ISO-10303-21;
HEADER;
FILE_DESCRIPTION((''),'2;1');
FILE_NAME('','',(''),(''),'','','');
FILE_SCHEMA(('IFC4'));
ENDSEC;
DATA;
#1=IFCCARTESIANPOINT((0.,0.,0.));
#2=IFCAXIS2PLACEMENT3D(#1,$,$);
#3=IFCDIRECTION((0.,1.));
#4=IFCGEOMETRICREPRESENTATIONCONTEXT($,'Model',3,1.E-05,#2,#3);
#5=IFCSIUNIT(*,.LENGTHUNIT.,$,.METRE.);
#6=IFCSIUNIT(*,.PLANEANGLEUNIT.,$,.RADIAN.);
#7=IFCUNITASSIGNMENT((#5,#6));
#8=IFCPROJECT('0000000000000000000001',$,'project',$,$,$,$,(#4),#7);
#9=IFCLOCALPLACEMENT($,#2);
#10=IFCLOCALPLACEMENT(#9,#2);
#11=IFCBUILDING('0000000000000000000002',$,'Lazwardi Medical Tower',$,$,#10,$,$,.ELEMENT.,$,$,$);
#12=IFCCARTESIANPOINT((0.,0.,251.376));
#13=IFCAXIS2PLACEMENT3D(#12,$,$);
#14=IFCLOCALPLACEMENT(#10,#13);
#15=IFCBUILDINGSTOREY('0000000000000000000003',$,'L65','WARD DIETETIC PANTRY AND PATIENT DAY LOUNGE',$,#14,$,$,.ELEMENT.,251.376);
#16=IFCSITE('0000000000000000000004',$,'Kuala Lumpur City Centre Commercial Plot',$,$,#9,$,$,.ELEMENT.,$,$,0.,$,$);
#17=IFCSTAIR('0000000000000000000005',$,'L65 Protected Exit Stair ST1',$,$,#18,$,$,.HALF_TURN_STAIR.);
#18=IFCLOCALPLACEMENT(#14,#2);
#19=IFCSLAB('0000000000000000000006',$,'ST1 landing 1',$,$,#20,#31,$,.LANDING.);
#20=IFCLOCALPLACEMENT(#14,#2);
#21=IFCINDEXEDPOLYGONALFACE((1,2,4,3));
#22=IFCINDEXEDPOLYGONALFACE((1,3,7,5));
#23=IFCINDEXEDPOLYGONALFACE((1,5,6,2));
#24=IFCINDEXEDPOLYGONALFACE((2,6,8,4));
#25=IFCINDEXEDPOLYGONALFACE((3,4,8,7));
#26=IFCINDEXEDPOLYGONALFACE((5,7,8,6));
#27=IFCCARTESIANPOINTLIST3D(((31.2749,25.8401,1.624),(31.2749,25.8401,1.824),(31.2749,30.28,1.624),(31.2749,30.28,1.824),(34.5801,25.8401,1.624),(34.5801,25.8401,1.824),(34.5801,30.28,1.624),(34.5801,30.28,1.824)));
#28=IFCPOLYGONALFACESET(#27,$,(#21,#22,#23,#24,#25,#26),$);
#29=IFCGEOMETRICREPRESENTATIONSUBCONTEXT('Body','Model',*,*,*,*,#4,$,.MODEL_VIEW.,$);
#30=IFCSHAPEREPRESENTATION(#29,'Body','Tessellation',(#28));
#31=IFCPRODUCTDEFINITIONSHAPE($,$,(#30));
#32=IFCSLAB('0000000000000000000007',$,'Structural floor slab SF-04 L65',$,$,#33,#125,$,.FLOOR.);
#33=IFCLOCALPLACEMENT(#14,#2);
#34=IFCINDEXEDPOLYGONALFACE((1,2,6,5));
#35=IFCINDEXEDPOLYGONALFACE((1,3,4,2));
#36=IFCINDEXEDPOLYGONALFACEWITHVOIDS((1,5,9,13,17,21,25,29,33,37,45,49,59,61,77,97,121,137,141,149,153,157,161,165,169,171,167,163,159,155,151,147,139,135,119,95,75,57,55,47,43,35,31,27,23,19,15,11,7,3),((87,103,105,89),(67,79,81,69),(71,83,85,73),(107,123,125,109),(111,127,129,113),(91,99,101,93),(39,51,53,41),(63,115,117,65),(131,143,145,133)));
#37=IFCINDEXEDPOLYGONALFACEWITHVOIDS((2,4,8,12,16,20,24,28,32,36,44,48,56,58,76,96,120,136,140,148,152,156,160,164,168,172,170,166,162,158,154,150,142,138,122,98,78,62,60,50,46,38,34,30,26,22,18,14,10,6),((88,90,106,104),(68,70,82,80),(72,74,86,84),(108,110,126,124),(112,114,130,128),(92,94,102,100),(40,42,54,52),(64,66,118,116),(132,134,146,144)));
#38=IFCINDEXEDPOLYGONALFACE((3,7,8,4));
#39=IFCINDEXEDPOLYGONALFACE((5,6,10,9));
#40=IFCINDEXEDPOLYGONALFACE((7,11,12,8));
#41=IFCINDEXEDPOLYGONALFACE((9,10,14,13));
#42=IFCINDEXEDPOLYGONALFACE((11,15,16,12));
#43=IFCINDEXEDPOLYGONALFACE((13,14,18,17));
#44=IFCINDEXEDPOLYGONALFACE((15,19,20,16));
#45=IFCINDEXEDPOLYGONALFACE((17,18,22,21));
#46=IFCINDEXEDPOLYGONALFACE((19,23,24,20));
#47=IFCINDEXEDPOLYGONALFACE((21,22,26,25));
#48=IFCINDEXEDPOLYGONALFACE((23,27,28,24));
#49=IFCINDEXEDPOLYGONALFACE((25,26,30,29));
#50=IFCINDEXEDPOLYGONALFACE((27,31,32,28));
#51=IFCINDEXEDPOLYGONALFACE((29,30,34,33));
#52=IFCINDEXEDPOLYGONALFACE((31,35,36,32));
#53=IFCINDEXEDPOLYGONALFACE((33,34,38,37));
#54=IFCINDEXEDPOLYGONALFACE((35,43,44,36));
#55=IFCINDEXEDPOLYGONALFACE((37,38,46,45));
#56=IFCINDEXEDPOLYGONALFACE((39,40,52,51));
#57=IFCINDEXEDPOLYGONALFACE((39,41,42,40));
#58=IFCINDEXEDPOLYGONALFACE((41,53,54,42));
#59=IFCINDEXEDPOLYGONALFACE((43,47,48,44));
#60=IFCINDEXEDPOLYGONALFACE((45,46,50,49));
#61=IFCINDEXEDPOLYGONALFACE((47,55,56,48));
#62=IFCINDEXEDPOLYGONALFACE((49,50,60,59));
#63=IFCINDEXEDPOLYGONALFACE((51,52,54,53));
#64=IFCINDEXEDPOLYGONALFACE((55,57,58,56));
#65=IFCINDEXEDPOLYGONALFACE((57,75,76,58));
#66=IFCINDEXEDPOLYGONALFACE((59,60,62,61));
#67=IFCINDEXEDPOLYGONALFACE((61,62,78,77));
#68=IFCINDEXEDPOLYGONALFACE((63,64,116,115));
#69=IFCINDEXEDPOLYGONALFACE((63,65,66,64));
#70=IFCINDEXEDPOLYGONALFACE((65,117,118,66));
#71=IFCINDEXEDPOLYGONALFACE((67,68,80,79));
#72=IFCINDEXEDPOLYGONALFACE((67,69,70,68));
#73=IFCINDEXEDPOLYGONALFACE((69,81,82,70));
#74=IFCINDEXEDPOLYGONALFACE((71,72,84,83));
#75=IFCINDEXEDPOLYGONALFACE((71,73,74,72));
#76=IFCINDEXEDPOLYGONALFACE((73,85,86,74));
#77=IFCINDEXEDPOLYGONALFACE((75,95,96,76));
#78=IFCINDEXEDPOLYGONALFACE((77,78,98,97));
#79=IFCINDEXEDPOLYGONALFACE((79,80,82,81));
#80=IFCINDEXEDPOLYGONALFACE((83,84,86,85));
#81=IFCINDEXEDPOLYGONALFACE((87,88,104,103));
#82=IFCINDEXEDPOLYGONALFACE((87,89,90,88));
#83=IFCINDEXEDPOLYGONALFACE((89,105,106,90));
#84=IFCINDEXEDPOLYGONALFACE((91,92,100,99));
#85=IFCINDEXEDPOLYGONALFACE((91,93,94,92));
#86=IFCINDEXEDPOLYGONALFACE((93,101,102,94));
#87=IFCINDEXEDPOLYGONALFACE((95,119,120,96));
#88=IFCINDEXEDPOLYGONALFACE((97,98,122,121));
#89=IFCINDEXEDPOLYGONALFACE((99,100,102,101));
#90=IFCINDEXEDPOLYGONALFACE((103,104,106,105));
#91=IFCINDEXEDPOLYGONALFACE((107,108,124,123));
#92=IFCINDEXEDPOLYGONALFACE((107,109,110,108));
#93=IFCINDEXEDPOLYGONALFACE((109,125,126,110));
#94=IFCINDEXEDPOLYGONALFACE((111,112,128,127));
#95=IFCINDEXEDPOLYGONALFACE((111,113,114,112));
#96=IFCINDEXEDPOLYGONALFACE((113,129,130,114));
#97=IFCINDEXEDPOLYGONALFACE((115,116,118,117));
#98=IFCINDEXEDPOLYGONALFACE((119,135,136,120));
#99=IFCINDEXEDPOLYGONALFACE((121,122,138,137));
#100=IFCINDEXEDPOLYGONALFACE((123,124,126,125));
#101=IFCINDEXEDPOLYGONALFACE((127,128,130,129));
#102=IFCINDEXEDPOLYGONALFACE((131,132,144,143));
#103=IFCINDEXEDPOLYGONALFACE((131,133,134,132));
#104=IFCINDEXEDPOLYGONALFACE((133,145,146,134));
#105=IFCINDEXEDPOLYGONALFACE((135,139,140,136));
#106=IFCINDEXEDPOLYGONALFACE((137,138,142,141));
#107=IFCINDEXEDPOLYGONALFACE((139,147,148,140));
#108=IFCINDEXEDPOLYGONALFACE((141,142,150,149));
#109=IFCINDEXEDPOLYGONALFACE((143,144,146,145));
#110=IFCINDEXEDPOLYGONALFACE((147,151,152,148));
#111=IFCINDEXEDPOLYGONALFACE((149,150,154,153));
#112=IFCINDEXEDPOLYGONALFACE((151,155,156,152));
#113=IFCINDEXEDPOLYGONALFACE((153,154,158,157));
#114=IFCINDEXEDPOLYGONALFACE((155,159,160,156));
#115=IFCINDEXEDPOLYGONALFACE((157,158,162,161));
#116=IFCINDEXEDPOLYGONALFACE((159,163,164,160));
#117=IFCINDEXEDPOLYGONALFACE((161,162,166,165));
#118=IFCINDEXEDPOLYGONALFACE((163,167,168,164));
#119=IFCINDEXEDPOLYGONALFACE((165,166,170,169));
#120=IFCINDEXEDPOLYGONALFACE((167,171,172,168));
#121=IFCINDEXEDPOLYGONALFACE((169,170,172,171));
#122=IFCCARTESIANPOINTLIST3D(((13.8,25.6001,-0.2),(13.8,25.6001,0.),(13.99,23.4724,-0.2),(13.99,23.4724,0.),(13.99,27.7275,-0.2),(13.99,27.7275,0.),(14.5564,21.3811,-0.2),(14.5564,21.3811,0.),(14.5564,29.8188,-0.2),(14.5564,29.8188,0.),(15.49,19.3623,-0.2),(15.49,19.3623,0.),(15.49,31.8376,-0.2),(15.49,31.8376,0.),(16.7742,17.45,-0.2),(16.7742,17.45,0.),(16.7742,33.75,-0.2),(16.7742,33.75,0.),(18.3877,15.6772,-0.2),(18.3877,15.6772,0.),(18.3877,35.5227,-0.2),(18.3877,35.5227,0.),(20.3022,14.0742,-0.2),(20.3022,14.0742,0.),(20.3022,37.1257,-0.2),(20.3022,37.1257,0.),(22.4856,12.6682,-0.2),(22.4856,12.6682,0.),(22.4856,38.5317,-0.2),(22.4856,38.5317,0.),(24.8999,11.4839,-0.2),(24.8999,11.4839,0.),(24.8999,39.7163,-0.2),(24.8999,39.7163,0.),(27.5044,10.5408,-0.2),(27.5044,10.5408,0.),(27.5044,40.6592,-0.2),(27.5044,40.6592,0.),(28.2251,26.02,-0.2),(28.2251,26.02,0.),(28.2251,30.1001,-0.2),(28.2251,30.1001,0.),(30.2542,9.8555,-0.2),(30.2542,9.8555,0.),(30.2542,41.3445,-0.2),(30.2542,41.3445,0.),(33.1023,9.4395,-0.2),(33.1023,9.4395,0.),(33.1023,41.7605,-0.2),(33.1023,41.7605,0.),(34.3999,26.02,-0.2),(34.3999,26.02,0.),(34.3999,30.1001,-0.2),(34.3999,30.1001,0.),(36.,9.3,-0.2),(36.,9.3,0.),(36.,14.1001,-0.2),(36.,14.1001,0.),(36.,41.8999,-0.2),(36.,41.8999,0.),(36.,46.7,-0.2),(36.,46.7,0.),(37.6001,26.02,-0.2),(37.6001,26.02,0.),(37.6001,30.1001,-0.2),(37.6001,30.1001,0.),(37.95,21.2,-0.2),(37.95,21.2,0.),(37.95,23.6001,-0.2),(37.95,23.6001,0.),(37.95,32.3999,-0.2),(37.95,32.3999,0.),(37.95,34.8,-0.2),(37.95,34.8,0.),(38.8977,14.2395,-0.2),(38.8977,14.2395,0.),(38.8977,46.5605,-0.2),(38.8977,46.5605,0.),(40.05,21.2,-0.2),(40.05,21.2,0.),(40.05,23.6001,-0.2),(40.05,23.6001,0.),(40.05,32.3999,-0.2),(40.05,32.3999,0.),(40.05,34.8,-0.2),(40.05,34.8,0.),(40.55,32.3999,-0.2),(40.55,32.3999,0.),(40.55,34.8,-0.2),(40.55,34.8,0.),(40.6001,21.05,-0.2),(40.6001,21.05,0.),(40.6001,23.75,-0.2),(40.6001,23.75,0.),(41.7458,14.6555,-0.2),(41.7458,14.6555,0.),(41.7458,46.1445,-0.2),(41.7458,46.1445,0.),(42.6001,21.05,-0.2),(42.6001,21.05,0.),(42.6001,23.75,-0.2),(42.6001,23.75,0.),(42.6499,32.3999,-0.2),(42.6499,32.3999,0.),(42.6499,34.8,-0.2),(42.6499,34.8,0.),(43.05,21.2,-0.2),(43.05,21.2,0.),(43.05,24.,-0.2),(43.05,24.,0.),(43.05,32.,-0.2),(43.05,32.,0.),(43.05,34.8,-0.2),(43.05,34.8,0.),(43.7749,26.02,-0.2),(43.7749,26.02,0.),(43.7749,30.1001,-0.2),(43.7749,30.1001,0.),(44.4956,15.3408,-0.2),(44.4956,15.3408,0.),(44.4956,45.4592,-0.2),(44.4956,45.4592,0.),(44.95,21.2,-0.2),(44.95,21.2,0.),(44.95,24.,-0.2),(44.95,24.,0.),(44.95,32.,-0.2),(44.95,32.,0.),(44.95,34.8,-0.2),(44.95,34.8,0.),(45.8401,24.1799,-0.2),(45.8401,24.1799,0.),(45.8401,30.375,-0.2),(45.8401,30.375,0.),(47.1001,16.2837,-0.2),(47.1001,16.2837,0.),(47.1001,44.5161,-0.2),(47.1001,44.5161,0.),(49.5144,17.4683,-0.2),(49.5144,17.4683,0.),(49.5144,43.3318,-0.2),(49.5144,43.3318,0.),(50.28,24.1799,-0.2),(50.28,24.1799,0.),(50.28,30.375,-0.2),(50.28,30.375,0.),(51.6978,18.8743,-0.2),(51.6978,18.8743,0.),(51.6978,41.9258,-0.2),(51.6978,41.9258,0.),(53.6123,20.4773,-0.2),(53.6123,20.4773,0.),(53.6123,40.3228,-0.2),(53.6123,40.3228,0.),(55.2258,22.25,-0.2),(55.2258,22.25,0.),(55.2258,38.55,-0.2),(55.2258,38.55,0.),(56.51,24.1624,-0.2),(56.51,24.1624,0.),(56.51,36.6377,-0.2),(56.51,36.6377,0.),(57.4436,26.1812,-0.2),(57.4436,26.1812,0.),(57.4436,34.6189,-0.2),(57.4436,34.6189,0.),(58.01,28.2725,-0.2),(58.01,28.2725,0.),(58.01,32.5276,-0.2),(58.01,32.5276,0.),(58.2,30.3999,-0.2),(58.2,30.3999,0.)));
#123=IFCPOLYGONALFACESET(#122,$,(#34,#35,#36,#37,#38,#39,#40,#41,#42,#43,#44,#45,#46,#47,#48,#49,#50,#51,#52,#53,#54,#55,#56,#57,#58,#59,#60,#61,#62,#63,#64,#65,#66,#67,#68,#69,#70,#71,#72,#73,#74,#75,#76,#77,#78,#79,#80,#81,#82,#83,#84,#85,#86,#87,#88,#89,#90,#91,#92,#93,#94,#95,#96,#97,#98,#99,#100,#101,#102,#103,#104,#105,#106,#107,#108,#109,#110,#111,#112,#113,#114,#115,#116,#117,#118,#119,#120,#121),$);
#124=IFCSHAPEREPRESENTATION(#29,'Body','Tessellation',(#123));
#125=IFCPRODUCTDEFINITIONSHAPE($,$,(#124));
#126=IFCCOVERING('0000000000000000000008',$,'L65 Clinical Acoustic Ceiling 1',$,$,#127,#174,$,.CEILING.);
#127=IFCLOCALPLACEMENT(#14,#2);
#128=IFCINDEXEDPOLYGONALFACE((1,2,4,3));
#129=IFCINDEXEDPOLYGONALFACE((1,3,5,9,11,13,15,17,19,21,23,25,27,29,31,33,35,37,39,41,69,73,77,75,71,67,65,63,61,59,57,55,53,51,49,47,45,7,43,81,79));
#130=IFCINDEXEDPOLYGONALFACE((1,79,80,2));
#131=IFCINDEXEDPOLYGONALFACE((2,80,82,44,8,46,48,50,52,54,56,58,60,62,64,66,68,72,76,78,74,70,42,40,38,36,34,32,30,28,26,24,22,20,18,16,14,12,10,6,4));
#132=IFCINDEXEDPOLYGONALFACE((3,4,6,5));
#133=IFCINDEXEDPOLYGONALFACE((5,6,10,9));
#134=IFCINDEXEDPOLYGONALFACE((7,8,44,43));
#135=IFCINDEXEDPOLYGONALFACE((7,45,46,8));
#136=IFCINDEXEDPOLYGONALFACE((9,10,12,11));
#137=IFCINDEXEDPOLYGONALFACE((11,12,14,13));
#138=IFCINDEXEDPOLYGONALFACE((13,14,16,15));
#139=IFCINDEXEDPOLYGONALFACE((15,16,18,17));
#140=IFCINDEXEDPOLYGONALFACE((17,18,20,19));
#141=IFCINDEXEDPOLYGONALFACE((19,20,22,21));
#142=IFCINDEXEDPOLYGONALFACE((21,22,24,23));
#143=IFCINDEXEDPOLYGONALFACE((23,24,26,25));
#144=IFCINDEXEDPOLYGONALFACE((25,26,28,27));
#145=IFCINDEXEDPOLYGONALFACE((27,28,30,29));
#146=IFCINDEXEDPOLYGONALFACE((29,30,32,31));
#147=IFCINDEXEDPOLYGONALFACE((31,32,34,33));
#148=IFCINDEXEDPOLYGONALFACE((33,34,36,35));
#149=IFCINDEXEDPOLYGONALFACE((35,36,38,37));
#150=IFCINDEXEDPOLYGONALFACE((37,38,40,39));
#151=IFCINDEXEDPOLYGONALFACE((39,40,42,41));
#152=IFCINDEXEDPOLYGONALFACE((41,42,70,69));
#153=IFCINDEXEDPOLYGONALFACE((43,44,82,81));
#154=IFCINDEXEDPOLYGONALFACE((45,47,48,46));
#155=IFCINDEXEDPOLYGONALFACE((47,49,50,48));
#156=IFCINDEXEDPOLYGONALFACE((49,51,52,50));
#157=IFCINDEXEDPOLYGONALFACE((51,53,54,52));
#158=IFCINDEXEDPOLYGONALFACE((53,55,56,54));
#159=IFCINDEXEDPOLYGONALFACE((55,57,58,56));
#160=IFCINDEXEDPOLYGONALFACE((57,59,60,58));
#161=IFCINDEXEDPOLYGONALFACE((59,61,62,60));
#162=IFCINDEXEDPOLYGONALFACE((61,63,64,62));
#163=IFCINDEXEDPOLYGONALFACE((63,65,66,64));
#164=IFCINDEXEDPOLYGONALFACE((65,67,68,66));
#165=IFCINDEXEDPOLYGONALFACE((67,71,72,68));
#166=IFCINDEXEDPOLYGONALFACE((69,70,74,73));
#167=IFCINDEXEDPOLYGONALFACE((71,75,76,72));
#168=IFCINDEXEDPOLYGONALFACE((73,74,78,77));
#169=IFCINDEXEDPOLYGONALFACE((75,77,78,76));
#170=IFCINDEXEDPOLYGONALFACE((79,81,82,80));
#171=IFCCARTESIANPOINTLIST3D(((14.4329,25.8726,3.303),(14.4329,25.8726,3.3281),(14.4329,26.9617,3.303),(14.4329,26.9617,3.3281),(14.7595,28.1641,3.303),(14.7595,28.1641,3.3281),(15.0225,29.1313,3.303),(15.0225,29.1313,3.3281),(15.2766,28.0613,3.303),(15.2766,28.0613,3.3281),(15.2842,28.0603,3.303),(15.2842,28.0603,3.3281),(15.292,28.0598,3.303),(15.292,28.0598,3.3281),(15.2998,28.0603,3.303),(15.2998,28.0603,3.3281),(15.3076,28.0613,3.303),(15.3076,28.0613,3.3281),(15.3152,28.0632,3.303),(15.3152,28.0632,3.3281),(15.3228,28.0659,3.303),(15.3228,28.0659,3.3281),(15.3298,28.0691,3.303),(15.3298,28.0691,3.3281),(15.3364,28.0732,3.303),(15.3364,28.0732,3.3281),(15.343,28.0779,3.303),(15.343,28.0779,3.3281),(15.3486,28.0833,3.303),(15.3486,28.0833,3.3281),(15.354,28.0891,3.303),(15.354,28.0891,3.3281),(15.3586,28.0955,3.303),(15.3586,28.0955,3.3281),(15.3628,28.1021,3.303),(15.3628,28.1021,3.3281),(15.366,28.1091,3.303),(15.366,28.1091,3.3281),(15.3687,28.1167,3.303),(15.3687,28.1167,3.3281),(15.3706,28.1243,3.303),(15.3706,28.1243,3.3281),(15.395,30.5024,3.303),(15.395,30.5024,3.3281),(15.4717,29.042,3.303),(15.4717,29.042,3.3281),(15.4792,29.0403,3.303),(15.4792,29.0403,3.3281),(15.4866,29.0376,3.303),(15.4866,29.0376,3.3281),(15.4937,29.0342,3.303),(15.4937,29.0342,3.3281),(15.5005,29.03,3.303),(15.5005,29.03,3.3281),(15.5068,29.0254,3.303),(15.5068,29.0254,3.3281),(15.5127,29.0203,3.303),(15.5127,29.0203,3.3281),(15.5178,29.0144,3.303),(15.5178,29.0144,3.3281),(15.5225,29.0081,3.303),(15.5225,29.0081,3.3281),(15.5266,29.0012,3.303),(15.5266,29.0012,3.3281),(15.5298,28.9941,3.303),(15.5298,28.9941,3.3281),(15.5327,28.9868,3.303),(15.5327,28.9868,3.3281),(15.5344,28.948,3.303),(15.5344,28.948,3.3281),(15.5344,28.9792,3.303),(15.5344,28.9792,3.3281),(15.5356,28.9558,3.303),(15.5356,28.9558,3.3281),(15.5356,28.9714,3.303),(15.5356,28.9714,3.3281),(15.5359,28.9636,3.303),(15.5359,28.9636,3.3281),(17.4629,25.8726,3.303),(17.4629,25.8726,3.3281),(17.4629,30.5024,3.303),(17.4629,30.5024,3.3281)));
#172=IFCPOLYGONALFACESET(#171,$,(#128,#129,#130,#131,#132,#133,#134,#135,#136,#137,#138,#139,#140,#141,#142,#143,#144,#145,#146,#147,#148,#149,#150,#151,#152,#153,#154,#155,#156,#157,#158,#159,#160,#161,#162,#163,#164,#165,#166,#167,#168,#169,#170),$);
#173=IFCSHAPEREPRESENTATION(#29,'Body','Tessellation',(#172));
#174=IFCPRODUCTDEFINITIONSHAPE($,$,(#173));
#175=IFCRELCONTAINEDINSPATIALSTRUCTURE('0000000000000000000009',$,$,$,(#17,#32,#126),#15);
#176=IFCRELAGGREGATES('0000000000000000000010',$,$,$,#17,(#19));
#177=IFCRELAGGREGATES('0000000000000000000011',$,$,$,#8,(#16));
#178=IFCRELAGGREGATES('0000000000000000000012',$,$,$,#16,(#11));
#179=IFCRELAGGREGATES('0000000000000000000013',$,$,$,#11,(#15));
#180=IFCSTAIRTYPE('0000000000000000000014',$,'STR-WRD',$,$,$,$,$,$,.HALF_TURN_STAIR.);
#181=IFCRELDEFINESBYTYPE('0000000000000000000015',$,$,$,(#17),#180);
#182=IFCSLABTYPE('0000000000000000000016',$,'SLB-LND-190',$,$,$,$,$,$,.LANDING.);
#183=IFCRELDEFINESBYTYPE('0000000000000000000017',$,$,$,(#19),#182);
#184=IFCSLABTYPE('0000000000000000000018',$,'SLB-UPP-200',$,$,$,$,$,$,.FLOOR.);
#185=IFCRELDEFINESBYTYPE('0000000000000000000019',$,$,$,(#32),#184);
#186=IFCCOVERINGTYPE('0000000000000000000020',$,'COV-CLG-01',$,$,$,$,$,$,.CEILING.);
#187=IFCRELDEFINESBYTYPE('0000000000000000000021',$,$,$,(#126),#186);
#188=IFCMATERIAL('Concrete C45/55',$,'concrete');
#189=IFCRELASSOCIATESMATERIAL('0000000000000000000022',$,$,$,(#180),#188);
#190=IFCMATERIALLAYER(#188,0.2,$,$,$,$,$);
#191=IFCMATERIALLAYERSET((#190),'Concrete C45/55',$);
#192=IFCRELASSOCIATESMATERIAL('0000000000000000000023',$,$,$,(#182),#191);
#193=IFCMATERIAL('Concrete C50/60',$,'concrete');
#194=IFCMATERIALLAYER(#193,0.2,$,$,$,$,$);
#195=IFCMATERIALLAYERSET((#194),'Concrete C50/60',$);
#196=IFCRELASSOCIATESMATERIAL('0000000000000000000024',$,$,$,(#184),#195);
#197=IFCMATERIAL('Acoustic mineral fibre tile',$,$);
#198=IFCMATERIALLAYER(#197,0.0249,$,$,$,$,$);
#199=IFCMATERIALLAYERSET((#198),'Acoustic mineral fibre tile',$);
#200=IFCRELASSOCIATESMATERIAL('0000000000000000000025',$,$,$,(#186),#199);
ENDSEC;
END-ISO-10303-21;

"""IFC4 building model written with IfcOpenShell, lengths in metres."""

from ifc_helpers import new_model, si_unit, direction, frame, origin, place, context, subcontext, project, spatial, polyline, outline, extrude, material, layer, layer_set, type_object, element, aggregate, save


model = new_model("IFC4")

# Units and contexts
model_context = context("Model", 3, precision=1e-05, world=origin(), true_north=direction((0.0, 1.0)))
body_context = subcontext(model_context, "Body", "Model", "MODEL_VIEW")
ifc_project = project(units=[si_unit("LENGTHUNIT", "METRE"), si_unit("PLANEANGLEUNIT", "RADIAN")], contexts=[model_context])

# Site, building, storey
site_placement = place(None, origin())
site = spatial("IfcSite", under=ifc_project, at=site_placement, Name="Kuala Lumpur City Centre Commercial Plot", CompositionType="ELEMENT", RefElevation=0.0)
building_placement = place(site_placement, origin())
building = spatial("IfcBuilding", under=site, at=building_placement, Name="Lazwardi Medical Tower", CompositionType="ELEMENT")
storey_placement = place(building_placement, frame((0.0, 0.0, 251.376)))
storey = spatial("IfcBuildingStorey", under=building, at=storey_placement, Name="L65", Description="WARD DIETETIC PANTRY AND PATIENT DAY LOUNGE", CompositionType="ELEMENT", Elevation=251.376)

# Stair, slab
ifc_material_1 = material(Name="Concrete C45/55", Category="concrete")
stair_type = type_object("IfcStairType", Name="STR-WRD", PredefinedType="HALF_TURN_STAIR", material=ifc_material_1)
stair_placement = place(storey_placement, origin())
stair = element("IfcStair", 1, at=stair_placement, inside=storey, type_object=stair_type, Name="L65 Protected Exit Stair ST1", PredefinedType="HALF_TURN_STAIR")
ifc_layer_1 = layer(ifc_material_1, 0.2)
ifc_layer_set_1 = layer_set([ifc_layer_1], Name="Concrete C45/55")
slab_type_1 = type_object("IfcSlabType", Name="SLB-LND-190", PredefinedType="LANDING", material=ifc_layer_set_1)
slab_1_placement = place(storey_placement, frame((0.0, 0.0, 1.624)))
slab_1 = element("IfcSlab", 2, at=slab_1_placement, type_object=slab_type_1, Name="ST1 landing 1", PredefinedType="LANDING", context=body_context, shape_type="SweptSolid", body=[
    extrude(outline(polyline([(31.2749, 25.8401), (34.5801, 25.8401), (34.5801, 30.28), (31.2749, 30.28), (31.2749, 25.8401)])), origin(), (0.0, 0.0, 1.0), 0.2),
])
aggregate(stair, [slab_1])

# Slab
ifc_material_2 = material(Name="Concrete C50/60", Category="concrete")
ifc_layer_2 = layer(ifc_material_2, 0.2)
ifc_layer_set_2 = layer_set([ifc_layer_2], Name="Concrete C50/60")
slab_type_2 = type_object("IfcSlabType", Name="SLB-UPP-200", PredefinedType="FLOOR", material=ifc_layer_set_2)
slab_2_placement = place(storey_placement, frame((0.0, 0.0, -0.2)))
element("IfcSlab", 3, at=slab_2_placement, inside=storey, type_object=slab_type_2, Name="Structural floor slab SF-04 L65", PredefinedType="FLOOR", context=body_context, shape_type="SweptSolid", body=[
    extrude(outline(polyline([(18.3877, 15.6772), (20.3022, 14.0742), (22.4856, 12.6682), (24.8999, 11.4839), (27.5044, 10.5408), (30.2542, 9.8555), (33.1023, 9.4395), (36.0, 9.3), (36.0, 14.1001), (38.8977, 14.2395), (41.7458, 14.6555), (44.4956, 15.3408), (47.1001, 16.2837), (49.5144, 17.4683), (51.6978, 18.8743), (53.6123, 20.4773), (55.2258, 22.25), (56.51, 24.1624), (57.4436, 26.1812), (58.01, 28.2725), (58.2, 30.3999), (58.01, 32.5276), (57.4436, 34.6189), (56.51, 36.6377), (55.2258, 38.55), (53.6123, 40.3228), (51.6978, 41.9258), (49.5144, 43.3318), (47.1001, 44.5161), (44.4956, 45.4592), (41.7458, 46.1445), (38.8977, 46.5605), (36.0, 46.7), (36.0, 41.8999), (33.1023, 41.7605), (30.2542, 41.3445), (27.5044, 40.6592), (24.8999, 39.7163), (22.4856, 38.5317), (20.3022, 37.1257), (18.3877, 35.5227), (16.7742, 33.75), (15.49, 31.8376), (14.5564, 29.8188), (13.99, 27.7275), (13.8, 25.6001), (13.99, 23.4724), (14.5564, 21.3811), (15.49, 19.3623), (16.7742, 17.45), (18.3877, 15.6772)]), holes=[polyline([(28.2251, 26.02), (28.2251, 30.1001), (34.3999, 30.1001), (34.3999, 26.02), (28.2251, 26.02)]), polyline([(37.6001, 30.1001), (43.7749, 30.1001), (43.7749, 26.02), (37.6001, 26.02), (37.6001, 30.1001)]), polyline([(50.28, 30.375), (50.28, 24.1799), (45.8401, 24.1799), (45.8401, 30.375), (50.28, 30.375)]), polyline([(40.05, 32.3999), (37.95, 32.3999), (37.95, 34.8), (40.05, 34.8), (40.05, 32.3999)]), polyline([(40.55, 32.3999), (40.55, 34.8), (42.6499, 34.8), (42.6499, 32.3999), (40.55, 32.3999)]), polyline([(37.95, 23.6001), (40.05, 23.6001), (40.05, 21.2), (37.95, 21.2), (37.95, 23.6001)]), polyline([(44.95, 34.8), (44.95, 32.0), (43.05, 32.0), (43.05, 34.8), (44.95, 34.8)]), polyline([(44.95, 21.2), (43.05, 21.2), (43.05, 24.0), (44.95, 24.0), (44.95, 21.2)]), polyline([(40.6001, 21.05), (40.6001, 23.75), (42.6001, 23.75), (42.6001, 21.05), (40.6001, 21.05)])]), origin(), (0.0, 0.0, 1.0), 0.2),
])

# Covering
ifc_material_3 = material(Name="Acoustic mineral fibre tile")
ifc_layer_3 = layer(ifc_material_3, 0.0249)
ifc_layer_set_3 = layer_set([ifc_layer_3], Name="Acoustic mineral fibre tile")
covering_type_1 = type_object("IfcCoveringType", Name="COV-CLG-01", PredefinedType="CEILING", material=ifc_layer_set_3)
covering_1_placement = place(storey_placement, frame((0.0, 0.0, 3.303)))
element("IfcCovering", 4, at=covering_1_placement, inside=storey, type_object=covering_type_1, Name="L65 Clinical Acoustic Ceiling 1", PredefinedType="CEILING", context=body_context, shape_type="SweptSolid", body=[
    extrude(outline(polyline([(15.395, 30.5024), (15.0225, 29.1313), (15.4717, 29.042), (15.4792, 29.0403), (15.4866, 29.0376), (15.4937, 29.0342), (15.5005, 29.03), (15.5068, 29.0254), (15.5127, 29.0203), (15.5178, 29.0144), (15.5225, 29.0081), (15.5266, 29.0012), (15.5298, 28.9941), (15.5327, 28.9868), (15.5344, 28.9792), (15.5356, 28.9714), (15.5359, 28.9636), (15.5356, 28.9558), (15.5344, 28.948), (15.3706, 28.1243), (15.3687, 28.1167), (15.366, 28.1091), (15.3628, 28.1021), (15.3586, 28.0955), (15.354, 28.0891), (15.3486, 28.0833), (15.343, 28.0779), (15.3364, 28.0732), (15.3298, 28.0691), (15.3228, 28.0659), (15.3152, 28.0632), (15.3076, 28.0613), (15.2998, 28.0603), (15.292, 28.0598), (15.2842, 28.0603), (15.2766, 28.0613), (14.7595, 28.1641), (14.4329, 26.9617), (14.4329, 25.8726), (17.4629, 25.8726), (17.4629, 30.5024), (15.395, 30.5024)])), origin(), (0.0, 0.0, 1.0), 0.0251),
])

save(model, "model.ifc")
